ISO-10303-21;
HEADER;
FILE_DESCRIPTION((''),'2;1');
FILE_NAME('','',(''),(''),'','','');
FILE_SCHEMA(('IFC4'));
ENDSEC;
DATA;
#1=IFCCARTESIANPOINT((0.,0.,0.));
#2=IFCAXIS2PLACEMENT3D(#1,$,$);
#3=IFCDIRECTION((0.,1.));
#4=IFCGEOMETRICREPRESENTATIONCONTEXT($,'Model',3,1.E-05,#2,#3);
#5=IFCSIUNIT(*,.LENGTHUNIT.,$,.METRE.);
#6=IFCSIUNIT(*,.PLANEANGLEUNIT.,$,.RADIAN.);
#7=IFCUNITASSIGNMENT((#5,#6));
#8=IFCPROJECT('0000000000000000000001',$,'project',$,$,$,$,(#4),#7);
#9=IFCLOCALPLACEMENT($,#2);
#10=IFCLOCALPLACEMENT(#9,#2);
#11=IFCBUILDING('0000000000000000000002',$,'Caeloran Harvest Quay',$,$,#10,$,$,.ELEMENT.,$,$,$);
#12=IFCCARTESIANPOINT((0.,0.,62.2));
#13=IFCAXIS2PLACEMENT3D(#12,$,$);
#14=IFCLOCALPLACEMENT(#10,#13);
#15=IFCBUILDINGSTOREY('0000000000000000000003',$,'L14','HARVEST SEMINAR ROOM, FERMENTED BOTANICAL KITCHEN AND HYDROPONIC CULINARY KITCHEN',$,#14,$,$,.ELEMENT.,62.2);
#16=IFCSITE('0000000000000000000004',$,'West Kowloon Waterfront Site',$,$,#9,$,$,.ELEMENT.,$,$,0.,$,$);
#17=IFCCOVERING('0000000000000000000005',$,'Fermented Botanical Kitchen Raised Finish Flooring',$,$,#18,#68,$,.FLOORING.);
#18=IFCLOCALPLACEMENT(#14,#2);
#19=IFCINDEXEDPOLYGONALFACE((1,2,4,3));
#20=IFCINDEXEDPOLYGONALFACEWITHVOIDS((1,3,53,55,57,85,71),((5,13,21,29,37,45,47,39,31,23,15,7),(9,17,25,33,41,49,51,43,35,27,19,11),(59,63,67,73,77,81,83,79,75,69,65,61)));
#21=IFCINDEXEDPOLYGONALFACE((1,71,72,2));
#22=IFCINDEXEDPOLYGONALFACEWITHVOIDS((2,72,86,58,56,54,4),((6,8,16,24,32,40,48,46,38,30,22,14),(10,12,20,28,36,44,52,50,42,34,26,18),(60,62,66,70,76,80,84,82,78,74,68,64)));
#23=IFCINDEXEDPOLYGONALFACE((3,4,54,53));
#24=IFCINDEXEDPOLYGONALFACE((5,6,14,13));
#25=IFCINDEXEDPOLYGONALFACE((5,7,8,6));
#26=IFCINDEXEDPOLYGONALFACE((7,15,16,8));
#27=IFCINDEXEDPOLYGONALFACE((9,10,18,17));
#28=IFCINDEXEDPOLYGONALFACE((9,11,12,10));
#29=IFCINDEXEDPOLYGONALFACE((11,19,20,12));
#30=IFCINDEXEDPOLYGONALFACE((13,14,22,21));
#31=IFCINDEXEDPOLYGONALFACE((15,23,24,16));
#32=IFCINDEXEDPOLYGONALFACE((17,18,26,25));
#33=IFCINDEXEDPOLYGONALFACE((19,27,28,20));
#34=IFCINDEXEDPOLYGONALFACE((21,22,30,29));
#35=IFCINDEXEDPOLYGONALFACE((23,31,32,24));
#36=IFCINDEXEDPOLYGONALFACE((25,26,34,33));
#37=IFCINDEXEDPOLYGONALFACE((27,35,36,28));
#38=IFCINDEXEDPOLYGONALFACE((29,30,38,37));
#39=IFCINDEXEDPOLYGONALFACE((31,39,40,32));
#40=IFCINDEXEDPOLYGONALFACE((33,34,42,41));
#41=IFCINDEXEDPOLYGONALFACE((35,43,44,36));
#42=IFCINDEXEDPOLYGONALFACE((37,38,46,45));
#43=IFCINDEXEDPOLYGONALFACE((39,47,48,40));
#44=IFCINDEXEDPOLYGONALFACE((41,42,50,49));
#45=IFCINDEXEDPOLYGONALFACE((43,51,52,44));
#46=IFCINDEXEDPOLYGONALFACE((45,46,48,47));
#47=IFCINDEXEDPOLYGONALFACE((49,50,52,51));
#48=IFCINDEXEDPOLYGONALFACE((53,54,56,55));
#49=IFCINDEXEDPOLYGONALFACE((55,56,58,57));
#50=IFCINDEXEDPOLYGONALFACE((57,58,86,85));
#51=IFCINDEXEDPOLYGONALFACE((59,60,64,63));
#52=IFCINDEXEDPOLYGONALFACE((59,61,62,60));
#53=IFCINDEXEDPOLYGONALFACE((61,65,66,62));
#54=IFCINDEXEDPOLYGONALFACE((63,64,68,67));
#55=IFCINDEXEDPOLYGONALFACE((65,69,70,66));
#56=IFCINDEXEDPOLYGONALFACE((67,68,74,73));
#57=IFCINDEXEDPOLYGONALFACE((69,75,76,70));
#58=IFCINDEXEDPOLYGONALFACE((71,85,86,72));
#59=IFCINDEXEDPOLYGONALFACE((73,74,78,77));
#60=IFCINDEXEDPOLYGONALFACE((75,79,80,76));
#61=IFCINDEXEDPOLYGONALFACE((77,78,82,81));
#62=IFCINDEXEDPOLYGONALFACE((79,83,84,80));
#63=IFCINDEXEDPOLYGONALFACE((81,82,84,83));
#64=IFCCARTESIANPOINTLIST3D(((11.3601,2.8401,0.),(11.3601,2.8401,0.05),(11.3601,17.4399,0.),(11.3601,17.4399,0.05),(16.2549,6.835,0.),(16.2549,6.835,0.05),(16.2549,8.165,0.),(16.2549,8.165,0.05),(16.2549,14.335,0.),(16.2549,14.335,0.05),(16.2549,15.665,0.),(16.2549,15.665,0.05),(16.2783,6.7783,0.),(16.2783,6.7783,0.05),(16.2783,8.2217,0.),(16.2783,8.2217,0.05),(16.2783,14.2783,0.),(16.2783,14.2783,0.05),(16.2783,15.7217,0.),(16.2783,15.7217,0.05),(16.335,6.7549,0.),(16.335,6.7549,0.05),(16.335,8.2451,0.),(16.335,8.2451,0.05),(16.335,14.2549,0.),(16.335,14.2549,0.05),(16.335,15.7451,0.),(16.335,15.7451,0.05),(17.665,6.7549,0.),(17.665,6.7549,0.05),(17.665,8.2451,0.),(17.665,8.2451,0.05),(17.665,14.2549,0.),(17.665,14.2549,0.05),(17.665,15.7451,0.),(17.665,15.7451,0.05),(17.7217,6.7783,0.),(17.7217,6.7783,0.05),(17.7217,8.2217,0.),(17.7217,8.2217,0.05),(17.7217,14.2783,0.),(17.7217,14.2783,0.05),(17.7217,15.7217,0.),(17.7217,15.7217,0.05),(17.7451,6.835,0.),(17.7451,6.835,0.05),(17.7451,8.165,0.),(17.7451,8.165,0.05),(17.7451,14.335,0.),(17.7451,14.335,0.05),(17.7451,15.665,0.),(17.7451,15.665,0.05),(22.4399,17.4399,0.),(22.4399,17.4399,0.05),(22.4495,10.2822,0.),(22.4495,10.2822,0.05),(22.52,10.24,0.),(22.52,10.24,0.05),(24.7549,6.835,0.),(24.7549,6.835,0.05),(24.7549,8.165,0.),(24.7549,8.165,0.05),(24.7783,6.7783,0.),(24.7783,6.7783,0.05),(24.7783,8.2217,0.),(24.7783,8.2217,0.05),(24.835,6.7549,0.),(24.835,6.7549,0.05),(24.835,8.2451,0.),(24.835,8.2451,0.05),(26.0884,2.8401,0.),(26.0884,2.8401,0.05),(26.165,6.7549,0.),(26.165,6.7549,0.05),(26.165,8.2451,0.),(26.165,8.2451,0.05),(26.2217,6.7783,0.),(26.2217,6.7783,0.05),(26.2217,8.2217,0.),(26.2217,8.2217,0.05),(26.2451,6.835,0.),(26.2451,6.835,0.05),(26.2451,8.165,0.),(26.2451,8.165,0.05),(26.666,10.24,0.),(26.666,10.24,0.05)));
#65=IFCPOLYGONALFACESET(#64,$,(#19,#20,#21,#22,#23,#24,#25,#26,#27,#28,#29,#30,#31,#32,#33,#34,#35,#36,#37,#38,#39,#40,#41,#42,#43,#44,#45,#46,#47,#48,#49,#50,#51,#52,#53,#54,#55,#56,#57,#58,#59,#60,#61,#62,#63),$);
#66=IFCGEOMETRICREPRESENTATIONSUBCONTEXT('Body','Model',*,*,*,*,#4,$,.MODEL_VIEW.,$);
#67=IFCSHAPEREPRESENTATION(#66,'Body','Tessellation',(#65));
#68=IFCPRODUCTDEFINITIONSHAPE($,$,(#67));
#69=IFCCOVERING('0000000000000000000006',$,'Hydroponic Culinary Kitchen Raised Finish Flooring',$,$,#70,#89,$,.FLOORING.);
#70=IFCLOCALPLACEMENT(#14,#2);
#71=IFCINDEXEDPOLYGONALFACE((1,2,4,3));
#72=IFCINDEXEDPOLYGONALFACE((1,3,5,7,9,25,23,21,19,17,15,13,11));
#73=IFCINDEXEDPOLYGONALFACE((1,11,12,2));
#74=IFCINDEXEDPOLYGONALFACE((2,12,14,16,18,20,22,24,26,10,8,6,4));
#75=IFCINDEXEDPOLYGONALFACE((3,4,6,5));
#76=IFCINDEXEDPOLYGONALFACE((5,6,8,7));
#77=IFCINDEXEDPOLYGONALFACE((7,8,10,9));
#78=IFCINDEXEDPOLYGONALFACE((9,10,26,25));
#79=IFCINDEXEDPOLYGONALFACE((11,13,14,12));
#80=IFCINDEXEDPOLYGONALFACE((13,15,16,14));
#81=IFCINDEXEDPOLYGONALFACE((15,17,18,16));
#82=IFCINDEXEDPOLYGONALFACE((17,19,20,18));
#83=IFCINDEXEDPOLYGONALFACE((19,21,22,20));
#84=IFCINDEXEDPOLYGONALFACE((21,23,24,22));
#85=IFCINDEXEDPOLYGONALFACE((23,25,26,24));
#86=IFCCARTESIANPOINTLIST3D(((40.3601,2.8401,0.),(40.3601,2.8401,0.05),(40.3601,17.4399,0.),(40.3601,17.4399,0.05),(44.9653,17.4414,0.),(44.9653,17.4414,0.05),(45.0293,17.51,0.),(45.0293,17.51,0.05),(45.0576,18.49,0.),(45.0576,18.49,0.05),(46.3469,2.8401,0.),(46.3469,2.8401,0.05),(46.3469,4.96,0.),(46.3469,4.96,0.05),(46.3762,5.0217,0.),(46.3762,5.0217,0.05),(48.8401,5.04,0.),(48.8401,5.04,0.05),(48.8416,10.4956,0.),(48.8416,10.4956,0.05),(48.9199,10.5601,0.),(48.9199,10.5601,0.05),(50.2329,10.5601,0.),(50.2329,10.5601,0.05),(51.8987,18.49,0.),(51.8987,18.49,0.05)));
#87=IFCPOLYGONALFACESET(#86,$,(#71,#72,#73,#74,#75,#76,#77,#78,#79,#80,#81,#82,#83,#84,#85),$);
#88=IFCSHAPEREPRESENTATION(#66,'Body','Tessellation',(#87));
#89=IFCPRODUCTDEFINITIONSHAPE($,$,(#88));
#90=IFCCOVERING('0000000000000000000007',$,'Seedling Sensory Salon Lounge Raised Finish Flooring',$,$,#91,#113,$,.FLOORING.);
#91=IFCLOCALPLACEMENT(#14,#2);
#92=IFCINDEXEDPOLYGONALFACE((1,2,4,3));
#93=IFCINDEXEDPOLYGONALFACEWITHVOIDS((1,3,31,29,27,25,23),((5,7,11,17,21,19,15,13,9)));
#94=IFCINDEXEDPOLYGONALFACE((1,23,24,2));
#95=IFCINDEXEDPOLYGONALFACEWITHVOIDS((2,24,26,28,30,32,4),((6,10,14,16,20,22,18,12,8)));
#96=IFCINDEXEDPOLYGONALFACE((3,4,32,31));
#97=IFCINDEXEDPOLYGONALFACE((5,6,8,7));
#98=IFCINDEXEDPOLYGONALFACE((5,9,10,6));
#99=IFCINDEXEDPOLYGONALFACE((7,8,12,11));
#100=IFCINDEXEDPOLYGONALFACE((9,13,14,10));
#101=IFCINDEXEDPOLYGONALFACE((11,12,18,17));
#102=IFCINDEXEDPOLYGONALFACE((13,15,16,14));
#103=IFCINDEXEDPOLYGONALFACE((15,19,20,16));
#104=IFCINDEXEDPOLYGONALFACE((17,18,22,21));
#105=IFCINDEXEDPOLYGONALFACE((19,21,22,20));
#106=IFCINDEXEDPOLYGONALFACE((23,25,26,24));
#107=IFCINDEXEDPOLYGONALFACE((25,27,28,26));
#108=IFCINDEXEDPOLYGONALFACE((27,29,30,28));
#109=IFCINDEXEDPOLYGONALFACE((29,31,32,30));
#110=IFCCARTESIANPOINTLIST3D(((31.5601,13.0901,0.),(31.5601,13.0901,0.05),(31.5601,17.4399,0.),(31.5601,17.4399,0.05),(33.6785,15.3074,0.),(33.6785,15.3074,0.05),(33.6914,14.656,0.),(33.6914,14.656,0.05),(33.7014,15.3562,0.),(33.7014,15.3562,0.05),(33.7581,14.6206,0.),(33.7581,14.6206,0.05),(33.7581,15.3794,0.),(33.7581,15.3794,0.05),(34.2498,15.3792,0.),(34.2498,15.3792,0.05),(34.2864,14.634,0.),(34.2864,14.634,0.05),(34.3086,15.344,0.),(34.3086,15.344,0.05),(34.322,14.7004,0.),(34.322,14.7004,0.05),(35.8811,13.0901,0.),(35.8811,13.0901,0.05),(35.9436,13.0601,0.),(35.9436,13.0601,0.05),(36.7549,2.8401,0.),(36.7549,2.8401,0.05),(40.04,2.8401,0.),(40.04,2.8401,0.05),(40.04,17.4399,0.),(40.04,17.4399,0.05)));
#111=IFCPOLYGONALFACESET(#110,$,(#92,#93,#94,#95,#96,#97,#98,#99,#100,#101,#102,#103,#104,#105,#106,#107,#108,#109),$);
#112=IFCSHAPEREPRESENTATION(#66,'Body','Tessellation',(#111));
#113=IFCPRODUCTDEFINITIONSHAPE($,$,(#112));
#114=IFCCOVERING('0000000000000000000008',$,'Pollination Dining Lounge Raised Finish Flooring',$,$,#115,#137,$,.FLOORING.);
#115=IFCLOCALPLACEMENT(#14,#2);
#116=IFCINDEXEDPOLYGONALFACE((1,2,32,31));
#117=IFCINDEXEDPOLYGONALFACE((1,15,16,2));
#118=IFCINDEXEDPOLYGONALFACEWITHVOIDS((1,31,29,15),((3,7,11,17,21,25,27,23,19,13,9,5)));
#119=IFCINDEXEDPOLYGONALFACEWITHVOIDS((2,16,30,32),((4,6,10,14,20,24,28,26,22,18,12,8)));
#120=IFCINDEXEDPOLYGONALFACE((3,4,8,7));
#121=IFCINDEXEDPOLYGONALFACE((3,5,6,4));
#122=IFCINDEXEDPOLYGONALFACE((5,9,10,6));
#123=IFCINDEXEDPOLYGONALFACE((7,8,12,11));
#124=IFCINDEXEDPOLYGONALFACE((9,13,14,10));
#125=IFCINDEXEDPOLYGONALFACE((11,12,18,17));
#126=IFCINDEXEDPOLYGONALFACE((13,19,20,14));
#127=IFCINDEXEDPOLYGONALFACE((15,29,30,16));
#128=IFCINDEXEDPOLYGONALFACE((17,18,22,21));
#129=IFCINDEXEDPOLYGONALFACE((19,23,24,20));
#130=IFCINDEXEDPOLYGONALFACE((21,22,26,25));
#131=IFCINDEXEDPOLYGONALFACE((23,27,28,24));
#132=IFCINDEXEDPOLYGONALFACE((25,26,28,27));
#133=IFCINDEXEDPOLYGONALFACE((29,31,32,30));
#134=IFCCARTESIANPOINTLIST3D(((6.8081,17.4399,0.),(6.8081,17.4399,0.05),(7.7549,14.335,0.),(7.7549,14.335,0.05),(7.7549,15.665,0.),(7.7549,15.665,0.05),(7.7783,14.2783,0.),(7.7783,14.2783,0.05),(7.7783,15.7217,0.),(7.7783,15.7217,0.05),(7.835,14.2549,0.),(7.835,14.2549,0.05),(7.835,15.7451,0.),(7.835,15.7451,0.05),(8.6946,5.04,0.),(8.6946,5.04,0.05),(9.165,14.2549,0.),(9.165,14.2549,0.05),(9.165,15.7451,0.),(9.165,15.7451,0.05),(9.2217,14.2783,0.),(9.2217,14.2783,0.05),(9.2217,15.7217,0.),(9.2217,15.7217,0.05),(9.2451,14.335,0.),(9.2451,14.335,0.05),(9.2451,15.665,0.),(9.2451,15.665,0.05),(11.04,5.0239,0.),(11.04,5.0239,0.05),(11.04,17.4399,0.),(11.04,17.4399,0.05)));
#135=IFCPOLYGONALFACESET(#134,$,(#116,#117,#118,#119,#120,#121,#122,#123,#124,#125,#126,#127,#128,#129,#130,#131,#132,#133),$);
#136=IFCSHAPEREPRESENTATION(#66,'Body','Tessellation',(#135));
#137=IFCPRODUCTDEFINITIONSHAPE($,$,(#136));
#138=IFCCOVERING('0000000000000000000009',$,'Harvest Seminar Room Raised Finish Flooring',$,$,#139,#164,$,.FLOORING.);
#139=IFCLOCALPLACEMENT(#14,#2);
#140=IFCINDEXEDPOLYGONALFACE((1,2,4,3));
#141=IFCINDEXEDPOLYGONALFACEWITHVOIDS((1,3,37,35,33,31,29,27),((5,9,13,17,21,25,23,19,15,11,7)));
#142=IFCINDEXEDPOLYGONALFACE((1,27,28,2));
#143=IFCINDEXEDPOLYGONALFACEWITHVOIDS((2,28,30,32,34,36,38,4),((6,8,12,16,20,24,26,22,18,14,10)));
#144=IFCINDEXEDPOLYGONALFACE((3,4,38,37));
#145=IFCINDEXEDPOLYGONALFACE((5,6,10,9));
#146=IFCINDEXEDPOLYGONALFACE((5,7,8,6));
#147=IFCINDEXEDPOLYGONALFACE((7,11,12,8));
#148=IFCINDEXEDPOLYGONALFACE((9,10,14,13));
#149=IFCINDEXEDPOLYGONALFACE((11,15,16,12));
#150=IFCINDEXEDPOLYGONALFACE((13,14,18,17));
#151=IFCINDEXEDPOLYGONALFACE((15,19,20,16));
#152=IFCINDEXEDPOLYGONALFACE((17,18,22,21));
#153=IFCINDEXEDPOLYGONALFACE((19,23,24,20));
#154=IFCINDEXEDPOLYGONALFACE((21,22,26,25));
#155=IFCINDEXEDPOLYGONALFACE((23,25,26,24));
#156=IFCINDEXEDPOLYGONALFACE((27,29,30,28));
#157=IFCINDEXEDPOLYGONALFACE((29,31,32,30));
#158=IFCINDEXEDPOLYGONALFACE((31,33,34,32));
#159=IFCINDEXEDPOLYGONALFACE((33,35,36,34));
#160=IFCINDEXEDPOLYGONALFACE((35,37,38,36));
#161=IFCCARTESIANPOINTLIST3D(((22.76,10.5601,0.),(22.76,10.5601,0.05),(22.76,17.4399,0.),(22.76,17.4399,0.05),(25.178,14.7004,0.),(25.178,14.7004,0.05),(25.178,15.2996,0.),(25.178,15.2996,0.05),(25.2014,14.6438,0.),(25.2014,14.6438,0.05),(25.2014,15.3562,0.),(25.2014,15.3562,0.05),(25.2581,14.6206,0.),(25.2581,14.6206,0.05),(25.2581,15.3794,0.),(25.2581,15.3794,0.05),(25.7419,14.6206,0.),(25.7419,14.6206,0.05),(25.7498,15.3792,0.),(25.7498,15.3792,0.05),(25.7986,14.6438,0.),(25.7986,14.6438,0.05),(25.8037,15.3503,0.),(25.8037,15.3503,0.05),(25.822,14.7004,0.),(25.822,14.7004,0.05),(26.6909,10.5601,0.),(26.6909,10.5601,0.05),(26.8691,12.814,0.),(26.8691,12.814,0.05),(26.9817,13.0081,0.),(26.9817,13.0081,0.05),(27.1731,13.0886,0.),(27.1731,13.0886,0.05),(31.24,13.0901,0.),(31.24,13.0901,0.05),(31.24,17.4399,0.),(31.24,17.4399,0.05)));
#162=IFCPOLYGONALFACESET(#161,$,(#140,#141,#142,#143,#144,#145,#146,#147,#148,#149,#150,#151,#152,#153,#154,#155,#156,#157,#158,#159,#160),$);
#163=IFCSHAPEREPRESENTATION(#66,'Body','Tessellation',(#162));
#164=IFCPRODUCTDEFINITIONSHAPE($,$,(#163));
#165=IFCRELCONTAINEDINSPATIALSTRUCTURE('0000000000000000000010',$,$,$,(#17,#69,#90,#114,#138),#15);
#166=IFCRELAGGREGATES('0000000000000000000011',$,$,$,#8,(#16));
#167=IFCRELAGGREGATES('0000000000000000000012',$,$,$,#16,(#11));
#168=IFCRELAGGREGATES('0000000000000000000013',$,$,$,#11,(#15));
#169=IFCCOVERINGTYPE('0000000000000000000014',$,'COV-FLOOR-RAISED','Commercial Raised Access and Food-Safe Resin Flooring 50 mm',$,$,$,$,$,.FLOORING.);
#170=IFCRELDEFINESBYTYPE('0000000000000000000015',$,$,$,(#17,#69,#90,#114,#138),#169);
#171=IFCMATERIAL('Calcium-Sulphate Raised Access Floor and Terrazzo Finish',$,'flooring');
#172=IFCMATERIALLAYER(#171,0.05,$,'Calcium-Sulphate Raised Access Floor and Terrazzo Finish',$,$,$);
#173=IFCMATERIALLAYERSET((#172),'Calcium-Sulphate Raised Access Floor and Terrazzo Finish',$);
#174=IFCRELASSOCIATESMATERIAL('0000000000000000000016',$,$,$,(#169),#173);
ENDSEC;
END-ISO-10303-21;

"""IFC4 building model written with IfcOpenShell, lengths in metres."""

from ifc_helpers import new_model, si_unit, direction, frame, origin, place, context, subcontext, project, spatial, polyline, outline, extrude, material, layer, layer_set, type_object, element, save


model = new_model("IFC4")

# Units and contexts
model_context = context("Model", 3, precision=1e-05, world=origin(), true_north=direction((0.0, 1.0)))
body_context = subcontext(model_context, "Body", "Model", "MODEL_VIEW")
ifc_project = project(units=[si_unit("LENGTHUNIT", "METRE"), si_unit("PLANEANGLEUNIT", "RADIAN")], contexts=[model_context])

# Site, building, storey
site_placement = place(None, origin())
site = spatial("IfcSite", under=ifc_project, at=site_placement, Name="West Kowloon Waterfront Site", CompositionType="ELEMENT", RefElevation=0.0)
building_placement = place(site_placement, origin())
building = spatial("IfcBuilding", under=site, at=building_placement, Name="Caeloran Harvest Quay", CompositionType="ELEMENT")
storey_placement = place(building_placement, frame((0.0, 0.0, 62.2)))
storey = spatial("IfcBuildingStorey", under=building, at=storey_placement, Name="L14", Description="HARVEST SEMINAR ROOM, FERMENTED BOTANICAL KITCHEN AND HYDROPONIC CULINARY KITCHEN", CompositionType="ELEMENT", Elevation=62.2)

# Coverings
ifc_material_1 = material(Name="Calcium-Sulphate Raised Access Floor and Terrazzo Finish", Category="flooring")
ifc_layer_1 = layer(ifc_material_1, 0.05, Name="Calcium-Sulphate Raised Access Floor and Terrazzo Finish")
ifc_layer_set_1 = layer_set([ifc_layer_1], Name="Calcium-Sulphate Raised Access Floor and Terrazzo Finish")
covering_type_1 = type_object("IfcCoveringType", Name="COV-FLOOR-RAISED", Description="Commercial Raised Access and Food-Safe Resin Flooring 50 mm", PredefinedType="FLOORING", material=ifc_layer_set_1)
covering_1_placement = place(storey_placement, origin())
element("IfcCovering", 1, at=covering_1_placement, inside=storey, type_object=covering_type_1, Name="Fermented Botanical Kitchen Raised Finish Flooring", PredefinedType="FLOORING", context=body_context, shape_type="SweptSolid", body=[
    extrude(outline(polyline([(11.3601, 17.4399), (22.4399, 17.4399), (22.4495, 10.2822), (22.52, 10.24), (26.666, 10.24), (26.0884, 2.8401), (11.3601, 2.8401), (11.3601, 17.4399)]), holes=[polyline([(26.2451, 8.165), (26.2217, 8.2217), (26.165, 8.2451), (24.835, 8.2451), (24.7783, 8.2217), (24.7549, 8.165), (24.7549, 6.835), (24.7783, 6.7783), (24.835, 6.7549), (26.165, 6.7549), (26.2217, 6.7783), (26.2451, 6.835), (26.2451, 8.165)]), polyline([(16.335, 8.2451), (16.2783, 8.2217), (16.2549, 8.165), (16.2549, 6.835), (16.2783, 6.7783), (16.335, 6.7549), (17.665, 6.7549), (17.7217, 6.7783), (17.7451, 6.835), (17.7451, 8.165), (17.7217, 8.2217), (17.665, 8.2451), (16.335, 8.2451)]), polyline([(17.7451, 15.665), (17.7217, 15.7217), (17.665, 15.7451), (16.335, 15.7451), (16.2783, 15.7217), (16.2549, 15.665), (16.2549, 14.335), (16.2783, 14.2783), (16.335, 14.2549), (17.665, 14.2549), (17.7217, 14.2783), (17.7451, 14.335), (17.7451, 15.665)])]), origin(), (0.0, 0.0, 1.0), 0.05),
])
covering_2_placement = place(storey_placement, origin())
element("IfcCovering", 2, at=covering_2_placement, inside=storey, type_object=covering_type_1, Name="Hydroponic Culinary Kitchen Raised Finish Flooring", PredefinedType="FLOORING", context=body_context, shape_type="SweptSolid", body=[
    extrude(outline(polyline([(51.8987, 18.49), (50.2329, 10.5601), (48.9199, 10.5601), (48.8416, 10.4956), (48.8401, 5.04), (46.3762, 5.0217), (46.3469, 4.96), (46.3469, 2.8401), (40.3601, 2.8401), (40.3601, 17.4399), (44.9653, 17.4414), (45.0293, 17.51), (45.0576, 18.49), (51.8987, 18.49)])), origin(), (0.0, 0.0, 1.0), 0.05),
])
covering_3_placement = place(storey_placement, origin())
element("IfcCovering", 3, at=covering_3_placement, inside=storey, type_object=covering_type_1, Name="Seedling Sensory Salon Lounge Raised Finish Flooring", PredefinedType="FLOORING", context=body_context, shape_type="SweptSolid", body=[
    extrude(outline(polyline([(31.5601, 13.0901), (31.5601, 17.4399), (40.04, 17.4399), (40.04, 2.8401), (36.7549, 2.8401), (35.9436, 13.0601), (35.8811, 13.0901), (31.5601, 13.0901)]), holes=[polyline([(33.7581, 15.3794), (33.7014, 15.3562), (33.6785, 15.3074), (33.6914, 14.656), (33.7581, 14.6206), (34.2864, 14.634), (34.322, 14.7004), (34.3086, 15.344), (34.2498, 15.3792), (33.7581, 15.3794)])]), origin(), (0.0, 0.0, 1.0), 0.05),
])
covering_4_placement = place(storey_placement, origin())
element("IfcCovering", 4, at=covering_4_placement, inside=storey, type_object=covering_type_1, Name="Pollination Dining Lounge Raised Finish Flooring", PredefinedType="FLOORING", context=body_context, shape_type="SweptSolid", body=[
    extrude(outline(polyline([(11.04, 5.0239), (8.6946, 5.04), (6.8081, 17.4399), (11.04, 17.4399), (11.04, 5.0239)]), holes=[polyline([(9.2451, 15.665), (9.2217, 15.7217), (9.165, 15.7451), (7.835, 15.7451), (7.7783, 15.7217), (7.7549, 15.665), (7.7549, 14.335), (7.7783, 14.2783), (7.835, 14.2549), (9.165, 14.2549), (9.2217, 14.2783), (9.2451, 14.335), (9.2451, 15.665)])]), origin(), (0.0, 0.0, 1.0), 0.05),
])
covering_5_placement = place(storey_placement, origin())
element("IfcCovering", 5, at=covering_5_placement, inside=storey, type_object=covering_type_1, Name="Harvest Seminar Room Raised Finish Flooring", PredefinedType="FLOORING", context=body_context, shape_type="SweptSolid", body=[
    extrude(outline(polyline([(27.1731, 13.0886), (26.9817, 13.0081), (26.8691, 12.814), (26.6909, 10.5601), (22.76, 10.5601), (22.76, 17.4399), (31.24, 17.4399), (31.24, 13.0901), (27.1731, 13.0886)]), holes=[polyline([(25.822, 14.7004), (25.8037, 15.3503), (25.7498, 15.3792), (25.2581, 15.3794), (25.2014, 15.3562), (25.178, 15.2996), (25.178, 14.7004), (25.2014, 14.6438), (25.2581, 14.6206), (25.7419, 14.6206), (25.7986, 14.6438), (25.822, 14.7004)])]), origin(), (0.0, 0.0, 1.0), 0.05),
])

save(model, "model.ifc")
